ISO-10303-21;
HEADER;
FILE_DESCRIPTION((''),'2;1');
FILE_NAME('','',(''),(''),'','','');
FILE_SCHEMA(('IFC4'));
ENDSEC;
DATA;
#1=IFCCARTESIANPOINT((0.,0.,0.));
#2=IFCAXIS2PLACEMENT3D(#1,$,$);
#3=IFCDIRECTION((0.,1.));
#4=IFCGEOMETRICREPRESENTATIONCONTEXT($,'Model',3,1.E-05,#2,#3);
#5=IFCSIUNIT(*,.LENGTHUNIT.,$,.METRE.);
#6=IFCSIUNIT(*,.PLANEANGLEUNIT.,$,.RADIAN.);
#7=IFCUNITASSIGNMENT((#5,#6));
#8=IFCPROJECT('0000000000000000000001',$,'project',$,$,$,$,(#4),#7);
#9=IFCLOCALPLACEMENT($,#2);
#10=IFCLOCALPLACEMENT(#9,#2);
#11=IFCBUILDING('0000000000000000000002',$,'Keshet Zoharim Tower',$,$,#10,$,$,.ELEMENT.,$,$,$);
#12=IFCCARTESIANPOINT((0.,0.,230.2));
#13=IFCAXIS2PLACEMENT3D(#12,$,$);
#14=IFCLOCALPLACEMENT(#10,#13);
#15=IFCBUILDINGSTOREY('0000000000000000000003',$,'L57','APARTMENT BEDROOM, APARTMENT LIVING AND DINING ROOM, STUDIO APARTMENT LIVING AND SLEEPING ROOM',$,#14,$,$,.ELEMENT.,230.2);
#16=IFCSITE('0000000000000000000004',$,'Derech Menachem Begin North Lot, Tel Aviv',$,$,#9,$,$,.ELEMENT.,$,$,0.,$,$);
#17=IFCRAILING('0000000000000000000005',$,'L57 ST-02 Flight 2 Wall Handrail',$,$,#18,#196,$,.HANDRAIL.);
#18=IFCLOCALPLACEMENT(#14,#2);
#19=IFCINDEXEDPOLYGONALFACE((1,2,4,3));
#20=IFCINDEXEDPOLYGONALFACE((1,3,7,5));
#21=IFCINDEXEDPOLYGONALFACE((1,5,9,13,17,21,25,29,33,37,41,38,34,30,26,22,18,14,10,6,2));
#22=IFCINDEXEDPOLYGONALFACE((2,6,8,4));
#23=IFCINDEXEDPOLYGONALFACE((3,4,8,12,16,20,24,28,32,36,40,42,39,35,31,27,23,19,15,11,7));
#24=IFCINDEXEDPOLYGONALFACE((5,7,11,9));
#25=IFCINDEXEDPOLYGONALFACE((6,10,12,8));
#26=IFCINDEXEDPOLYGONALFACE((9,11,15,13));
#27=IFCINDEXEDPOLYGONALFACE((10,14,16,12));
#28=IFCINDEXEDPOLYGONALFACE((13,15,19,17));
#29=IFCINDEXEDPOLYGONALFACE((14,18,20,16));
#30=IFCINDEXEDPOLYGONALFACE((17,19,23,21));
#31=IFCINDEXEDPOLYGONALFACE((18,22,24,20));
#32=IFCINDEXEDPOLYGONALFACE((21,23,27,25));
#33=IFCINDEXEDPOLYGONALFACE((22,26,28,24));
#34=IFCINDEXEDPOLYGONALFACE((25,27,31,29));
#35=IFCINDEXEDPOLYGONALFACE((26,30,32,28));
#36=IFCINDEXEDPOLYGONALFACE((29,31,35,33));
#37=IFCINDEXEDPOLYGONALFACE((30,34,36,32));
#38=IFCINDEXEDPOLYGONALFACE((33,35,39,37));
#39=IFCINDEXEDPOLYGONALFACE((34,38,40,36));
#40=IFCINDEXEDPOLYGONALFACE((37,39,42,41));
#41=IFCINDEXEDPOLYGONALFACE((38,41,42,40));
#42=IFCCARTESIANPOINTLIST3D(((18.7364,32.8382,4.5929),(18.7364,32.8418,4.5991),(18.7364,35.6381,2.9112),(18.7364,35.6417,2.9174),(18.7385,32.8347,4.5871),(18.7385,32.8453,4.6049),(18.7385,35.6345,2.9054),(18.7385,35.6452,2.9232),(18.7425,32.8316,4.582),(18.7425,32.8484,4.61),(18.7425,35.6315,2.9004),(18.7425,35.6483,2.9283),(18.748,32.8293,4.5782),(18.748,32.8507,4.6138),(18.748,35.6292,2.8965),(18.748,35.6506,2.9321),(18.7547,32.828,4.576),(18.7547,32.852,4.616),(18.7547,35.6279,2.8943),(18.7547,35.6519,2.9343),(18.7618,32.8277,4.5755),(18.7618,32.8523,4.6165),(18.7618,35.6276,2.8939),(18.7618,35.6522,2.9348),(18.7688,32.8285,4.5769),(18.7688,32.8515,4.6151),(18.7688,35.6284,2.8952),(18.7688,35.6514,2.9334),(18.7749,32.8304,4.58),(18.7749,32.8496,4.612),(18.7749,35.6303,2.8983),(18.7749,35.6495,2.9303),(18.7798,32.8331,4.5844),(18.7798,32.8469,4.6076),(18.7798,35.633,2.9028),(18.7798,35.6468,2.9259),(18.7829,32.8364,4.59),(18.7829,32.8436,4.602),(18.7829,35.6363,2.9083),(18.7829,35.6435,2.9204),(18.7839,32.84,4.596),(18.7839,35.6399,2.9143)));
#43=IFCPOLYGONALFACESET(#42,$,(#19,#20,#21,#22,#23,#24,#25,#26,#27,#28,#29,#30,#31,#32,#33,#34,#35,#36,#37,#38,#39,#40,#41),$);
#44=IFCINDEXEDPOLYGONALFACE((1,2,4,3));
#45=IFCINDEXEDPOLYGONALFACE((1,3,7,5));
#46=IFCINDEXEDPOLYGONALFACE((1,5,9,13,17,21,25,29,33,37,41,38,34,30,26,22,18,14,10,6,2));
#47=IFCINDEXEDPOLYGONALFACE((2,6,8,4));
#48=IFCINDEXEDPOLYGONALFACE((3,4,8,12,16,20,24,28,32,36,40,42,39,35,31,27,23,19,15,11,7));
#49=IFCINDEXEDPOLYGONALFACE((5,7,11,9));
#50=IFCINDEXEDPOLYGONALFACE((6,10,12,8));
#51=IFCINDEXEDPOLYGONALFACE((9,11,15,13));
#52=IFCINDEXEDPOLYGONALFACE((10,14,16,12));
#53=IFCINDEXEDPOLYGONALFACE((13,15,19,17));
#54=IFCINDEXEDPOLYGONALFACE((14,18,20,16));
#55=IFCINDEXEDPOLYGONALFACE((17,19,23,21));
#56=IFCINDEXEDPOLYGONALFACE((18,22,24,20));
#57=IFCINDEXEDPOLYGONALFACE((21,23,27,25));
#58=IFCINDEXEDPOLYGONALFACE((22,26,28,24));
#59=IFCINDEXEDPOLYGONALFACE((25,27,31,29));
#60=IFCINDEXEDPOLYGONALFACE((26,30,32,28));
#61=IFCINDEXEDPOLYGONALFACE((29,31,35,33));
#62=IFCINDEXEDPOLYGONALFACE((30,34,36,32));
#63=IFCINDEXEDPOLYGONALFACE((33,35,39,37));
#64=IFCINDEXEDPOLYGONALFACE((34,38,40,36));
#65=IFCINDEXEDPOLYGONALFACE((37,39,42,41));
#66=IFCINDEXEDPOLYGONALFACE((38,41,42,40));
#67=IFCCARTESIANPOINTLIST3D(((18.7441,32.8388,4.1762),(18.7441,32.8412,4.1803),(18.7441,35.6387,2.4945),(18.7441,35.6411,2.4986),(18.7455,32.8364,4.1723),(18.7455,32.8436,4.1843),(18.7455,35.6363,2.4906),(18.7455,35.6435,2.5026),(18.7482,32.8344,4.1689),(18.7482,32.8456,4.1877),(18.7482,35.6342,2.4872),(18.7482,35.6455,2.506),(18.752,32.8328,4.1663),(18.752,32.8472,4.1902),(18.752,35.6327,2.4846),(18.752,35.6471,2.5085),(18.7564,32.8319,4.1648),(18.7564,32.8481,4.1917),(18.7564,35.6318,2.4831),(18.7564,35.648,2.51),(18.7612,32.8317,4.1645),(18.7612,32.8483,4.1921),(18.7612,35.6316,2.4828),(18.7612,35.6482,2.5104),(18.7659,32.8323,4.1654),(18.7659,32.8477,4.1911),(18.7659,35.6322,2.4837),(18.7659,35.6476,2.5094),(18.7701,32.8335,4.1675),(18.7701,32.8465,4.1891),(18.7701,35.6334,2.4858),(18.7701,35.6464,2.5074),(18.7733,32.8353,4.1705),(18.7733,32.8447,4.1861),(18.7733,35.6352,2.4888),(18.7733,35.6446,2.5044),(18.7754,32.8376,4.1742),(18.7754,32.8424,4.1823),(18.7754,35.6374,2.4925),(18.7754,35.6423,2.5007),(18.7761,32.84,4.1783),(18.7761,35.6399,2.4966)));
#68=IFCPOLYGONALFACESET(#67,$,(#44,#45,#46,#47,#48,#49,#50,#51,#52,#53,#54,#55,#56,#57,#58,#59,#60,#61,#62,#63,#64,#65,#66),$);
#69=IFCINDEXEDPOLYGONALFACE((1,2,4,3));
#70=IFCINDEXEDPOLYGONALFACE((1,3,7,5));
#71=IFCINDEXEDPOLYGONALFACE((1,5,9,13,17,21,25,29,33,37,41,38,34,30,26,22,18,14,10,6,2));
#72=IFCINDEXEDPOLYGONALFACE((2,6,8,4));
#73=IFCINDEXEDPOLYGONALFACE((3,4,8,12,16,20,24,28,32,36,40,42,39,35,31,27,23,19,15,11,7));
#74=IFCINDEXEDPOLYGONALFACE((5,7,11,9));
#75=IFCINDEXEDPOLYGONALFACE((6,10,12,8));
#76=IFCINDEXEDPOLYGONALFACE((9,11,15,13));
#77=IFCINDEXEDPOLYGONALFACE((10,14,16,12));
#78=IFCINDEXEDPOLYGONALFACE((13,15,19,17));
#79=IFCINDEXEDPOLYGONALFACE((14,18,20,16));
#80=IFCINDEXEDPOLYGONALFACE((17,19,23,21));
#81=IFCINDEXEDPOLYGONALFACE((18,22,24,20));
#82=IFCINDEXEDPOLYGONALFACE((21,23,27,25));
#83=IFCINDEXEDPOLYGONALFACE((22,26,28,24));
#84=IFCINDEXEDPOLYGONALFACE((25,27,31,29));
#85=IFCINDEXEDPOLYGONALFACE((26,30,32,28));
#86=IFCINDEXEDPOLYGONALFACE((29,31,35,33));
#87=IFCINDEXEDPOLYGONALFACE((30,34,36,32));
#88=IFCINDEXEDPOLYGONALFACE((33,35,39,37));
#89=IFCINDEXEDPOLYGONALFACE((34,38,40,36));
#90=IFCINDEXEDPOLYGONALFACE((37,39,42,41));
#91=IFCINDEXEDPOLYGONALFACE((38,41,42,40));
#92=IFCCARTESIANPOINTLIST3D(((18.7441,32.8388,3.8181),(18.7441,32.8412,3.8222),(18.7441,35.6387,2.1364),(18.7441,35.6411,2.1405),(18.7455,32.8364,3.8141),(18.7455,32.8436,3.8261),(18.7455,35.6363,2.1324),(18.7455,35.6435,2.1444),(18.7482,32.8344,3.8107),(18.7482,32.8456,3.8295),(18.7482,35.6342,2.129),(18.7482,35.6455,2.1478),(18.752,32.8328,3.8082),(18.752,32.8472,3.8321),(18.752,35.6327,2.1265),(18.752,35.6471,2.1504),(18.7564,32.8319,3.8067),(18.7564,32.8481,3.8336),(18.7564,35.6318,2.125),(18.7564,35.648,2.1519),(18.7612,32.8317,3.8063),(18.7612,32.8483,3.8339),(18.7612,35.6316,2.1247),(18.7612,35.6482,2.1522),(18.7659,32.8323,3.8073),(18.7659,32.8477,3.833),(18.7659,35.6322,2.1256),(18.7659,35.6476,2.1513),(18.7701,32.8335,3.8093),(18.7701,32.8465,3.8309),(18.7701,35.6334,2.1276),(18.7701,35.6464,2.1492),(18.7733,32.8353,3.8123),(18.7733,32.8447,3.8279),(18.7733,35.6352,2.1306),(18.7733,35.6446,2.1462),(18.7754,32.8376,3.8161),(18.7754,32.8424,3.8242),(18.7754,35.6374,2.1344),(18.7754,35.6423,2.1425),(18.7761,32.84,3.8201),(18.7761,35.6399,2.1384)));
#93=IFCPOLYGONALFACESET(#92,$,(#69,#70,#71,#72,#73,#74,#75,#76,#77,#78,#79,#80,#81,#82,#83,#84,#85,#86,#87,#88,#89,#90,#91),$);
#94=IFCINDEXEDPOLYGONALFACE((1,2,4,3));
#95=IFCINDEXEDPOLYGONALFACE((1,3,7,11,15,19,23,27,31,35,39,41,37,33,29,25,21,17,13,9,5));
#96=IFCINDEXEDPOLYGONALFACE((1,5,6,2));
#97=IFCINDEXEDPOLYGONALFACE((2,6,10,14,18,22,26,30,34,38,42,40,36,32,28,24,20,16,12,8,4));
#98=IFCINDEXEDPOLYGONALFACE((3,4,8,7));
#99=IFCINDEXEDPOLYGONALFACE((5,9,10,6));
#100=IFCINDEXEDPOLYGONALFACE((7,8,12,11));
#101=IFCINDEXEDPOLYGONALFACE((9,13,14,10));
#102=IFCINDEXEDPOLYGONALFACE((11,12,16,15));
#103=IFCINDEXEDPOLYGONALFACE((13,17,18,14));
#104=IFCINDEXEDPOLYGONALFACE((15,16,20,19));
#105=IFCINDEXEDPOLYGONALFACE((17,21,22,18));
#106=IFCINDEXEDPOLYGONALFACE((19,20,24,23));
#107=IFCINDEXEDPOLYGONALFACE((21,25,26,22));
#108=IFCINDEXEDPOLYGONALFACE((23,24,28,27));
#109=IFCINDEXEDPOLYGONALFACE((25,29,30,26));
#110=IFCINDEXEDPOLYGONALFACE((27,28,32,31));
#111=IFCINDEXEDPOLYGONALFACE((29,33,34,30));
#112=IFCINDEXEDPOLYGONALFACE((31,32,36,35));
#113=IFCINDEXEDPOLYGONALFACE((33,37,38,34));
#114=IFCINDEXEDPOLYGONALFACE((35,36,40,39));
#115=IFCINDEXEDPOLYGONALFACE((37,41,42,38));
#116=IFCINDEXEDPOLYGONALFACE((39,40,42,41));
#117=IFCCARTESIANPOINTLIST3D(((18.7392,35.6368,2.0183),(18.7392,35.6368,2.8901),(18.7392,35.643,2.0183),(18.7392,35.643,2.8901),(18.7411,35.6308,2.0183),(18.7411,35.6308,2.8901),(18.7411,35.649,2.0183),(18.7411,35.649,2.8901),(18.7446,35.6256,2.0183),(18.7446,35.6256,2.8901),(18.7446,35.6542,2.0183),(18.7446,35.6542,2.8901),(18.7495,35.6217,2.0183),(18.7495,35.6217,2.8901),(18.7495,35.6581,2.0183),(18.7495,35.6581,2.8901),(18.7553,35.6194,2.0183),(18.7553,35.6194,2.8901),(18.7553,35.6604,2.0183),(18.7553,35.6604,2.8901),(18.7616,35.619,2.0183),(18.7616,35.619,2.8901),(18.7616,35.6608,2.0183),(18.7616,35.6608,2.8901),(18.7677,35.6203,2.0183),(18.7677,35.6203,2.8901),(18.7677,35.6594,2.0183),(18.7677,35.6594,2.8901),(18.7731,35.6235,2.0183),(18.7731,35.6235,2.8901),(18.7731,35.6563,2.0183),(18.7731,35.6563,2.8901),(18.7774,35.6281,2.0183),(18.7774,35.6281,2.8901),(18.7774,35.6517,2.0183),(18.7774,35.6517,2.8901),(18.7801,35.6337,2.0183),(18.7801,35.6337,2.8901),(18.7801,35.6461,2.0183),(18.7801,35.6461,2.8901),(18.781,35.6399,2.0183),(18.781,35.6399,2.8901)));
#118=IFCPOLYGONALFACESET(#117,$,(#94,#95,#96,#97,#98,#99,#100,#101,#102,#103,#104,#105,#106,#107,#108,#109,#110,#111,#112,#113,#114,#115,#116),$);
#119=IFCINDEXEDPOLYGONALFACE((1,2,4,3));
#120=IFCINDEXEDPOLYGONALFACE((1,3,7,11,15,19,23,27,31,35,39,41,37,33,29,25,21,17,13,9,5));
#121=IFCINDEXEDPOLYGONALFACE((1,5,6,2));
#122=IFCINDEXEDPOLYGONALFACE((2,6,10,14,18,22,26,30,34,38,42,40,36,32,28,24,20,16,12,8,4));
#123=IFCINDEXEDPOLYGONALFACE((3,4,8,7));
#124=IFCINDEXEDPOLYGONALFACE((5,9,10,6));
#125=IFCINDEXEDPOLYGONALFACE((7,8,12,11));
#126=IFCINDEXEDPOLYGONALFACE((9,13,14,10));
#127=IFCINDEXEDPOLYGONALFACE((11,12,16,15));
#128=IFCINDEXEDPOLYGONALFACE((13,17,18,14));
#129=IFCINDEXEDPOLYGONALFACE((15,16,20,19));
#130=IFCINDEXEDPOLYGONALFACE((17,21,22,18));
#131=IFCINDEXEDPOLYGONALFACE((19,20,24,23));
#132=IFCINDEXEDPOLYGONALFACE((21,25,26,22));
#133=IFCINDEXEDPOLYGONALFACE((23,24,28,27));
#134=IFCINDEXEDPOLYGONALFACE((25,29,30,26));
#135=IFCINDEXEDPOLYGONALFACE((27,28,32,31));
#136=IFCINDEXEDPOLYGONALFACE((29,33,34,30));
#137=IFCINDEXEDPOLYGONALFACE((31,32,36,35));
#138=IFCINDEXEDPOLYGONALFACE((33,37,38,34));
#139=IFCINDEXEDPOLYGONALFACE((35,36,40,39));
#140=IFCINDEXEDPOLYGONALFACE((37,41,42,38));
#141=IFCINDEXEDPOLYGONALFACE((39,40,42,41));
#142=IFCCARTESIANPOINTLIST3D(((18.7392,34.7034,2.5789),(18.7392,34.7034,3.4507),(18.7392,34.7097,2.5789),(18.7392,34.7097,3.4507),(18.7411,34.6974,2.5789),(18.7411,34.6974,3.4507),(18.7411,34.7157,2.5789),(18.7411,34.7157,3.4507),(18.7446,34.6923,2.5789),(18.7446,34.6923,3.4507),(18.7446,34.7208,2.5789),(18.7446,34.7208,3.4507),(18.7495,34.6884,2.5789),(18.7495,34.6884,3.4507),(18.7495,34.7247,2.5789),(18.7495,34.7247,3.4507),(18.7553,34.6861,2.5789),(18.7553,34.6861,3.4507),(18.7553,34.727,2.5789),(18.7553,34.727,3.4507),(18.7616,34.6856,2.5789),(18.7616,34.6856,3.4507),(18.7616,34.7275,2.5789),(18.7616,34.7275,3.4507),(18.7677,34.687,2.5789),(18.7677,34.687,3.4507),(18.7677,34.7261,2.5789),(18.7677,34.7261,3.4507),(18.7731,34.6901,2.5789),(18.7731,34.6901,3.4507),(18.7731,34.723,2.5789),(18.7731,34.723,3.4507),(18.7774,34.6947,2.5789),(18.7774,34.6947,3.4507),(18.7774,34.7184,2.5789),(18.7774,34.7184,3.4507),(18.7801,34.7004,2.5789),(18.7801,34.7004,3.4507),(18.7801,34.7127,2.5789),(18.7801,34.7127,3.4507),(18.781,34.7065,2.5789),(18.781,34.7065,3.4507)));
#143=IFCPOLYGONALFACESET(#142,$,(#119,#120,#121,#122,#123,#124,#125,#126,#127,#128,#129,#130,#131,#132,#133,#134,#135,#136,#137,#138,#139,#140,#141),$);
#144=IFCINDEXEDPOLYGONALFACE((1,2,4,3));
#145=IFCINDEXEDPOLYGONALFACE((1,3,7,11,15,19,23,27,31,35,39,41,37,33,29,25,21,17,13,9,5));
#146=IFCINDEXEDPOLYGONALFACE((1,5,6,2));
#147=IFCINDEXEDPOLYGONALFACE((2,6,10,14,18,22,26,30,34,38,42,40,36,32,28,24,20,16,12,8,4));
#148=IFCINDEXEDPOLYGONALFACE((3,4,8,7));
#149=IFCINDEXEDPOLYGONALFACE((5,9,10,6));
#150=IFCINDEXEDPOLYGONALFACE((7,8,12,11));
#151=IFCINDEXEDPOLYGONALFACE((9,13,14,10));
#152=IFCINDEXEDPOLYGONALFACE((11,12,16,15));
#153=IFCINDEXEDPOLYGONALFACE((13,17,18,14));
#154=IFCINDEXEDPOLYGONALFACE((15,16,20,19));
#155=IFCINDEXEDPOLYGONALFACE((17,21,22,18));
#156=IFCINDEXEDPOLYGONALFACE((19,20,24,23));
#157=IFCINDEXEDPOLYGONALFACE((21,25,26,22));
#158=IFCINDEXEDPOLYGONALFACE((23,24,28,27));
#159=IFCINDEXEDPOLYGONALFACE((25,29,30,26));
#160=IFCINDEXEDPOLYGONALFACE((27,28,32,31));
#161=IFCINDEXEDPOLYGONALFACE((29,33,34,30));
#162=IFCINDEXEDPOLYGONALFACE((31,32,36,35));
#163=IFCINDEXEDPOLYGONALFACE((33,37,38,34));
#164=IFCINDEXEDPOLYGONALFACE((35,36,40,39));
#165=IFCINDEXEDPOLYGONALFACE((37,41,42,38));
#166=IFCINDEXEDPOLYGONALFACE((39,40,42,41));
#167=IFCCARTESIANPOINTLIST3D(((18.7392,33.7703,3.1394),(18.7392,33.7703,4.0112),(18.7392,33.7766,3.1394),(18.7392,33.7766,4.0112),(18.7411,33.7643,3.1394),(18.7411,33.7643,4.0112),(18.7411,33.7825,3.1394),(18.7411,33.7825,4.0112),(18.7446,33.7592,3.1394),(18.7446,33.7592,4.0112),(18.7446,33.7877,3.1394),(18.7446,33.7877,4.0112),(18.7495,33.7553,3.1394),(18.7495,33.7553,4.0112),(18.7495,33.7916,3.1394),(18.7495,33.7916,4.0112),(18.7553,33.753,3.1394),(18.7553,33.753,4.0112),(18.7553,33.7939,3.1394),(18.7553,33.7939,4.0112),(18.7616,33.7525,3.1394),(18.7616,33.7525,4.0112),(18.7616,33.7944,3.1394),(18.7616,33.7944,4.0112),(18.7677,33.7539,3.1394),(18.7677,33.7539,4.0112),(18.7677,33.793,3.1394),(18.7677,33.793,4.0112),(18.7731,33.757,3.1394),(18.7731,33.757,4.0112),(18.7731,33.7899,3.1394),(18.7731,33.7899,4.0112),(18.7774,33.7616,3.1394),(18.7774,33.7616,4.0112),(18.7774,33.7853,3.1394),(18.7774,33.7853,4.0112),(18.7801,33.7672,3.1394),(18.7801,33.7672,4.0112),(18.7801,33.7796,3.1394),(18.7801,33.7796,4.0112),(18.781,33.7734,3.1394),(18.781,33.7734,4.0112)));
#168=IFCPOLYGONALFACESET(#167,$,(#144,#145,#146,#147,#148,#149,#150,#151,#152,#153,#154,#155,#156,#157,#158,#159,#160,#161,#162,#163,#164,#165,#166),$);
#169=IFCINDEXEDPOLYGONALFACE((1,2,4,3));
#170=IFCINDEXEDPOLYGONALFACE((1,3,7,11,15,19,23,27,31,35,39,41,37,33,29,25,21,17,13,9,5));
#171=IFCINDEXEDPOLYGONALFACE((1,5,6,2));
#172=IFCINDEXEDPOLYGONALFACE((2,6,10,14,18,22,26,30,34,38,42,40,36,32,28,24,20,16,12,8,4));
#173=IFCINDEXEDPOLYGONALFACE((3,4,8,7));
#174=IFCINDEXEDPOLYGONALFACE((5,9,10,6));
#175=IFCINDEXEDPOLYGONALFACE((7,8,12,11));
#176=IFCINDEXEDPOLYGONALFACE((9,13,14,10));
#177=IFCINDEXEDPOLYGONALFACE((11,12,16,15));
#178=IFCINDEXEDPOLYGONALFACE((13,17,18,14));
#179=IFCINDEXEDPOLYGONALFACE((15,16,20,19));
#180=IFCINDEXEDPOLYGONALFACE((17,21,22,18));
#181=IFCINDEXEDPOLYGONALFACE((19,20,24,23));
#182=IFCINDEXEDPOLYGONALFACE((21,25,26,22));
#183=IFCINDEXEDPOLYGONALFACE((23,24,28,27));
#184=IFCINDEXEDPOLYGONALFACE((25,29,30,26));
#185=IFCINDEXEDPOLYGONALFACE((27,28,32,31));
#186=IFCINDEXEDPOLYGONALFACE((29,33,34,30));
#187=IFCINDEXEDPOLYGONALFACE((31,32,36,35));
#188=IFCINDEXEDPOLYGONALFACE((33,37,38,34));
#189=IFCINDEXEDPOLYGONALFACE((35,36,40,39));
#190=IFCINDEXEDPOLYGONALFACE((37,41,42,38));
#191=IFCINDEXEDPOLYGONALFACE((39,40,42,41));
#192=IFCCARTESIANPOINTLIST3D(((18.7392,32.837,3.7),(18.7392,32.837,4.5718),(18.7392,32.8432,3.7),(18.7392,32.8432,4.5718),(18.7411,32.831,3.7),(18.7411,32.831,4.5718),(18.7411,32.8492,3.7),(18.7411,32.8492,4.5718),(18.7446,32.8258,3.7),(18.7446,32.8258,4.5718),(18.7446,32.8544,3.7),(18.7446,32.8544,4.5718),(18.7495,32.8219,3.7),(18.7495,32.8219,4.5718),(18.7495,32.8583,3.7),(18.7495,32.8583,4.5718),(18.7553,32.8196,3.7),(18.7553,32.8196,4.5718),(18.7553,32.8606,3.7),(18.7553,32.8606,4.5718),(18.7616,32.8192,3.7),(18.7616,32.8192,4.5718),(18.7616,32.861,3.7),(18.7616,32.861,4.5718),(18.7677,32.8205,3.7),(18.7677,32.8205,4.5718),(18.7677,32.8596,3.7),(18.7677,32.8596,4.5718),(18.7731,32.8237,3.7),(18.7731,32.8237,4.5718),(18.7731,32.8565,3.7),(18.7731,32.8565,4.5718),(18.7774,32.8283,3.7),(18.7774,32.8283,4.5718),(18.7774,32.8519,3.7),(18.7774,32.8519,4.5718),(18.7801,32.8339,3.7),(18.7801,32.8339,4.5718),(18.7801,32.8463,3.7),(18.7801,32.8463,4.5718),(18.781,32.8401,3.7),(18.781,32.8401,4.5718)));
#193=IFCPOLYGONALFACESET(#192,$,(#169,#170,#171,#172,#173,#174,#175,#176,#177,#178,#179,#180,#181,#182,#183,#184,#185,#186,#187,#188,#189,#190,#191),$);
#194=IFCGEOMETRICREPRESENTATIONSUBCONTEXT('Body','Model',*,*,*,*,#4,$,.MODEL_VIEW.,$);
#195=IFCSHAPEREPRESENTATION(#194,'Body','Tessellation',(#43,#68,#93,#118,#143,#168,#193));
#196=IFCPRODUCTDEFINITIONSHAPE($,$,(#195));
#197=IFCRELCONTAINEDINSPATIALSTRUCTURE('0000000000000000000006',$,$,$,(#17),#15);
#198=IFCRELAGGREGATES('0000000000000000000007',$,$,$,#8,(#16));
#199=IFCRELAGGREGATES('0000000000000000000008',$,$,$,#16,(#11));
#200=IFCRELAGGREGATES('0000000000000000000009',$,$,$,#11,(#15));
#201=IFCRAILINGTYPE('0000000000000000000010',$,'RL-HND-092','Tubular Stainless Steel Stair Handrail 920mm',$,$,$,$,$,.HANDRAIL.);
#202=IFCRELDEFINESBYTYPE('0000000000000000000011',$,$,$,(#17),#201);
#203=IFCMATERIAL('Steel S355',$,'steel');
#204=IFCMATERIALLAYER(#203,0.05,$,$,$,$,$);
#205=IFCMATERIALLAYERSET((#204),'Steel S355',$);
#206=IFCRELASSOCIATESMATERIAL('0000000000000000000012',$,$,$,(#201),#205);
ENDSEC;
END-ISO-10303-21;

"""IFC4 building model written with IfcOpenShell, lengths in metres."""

from ifc_helpers import new_model, si_unit, direction, frame, origin, origin_2d, place, context, subcontext, project, spatial, circle, extrude, material, layer, layer_set, type_object, element, save


model = new_model("IFC4")

# Units and contexts
model_context = context("Model", 3, precision=1e-05, world=origin(), true_north=direction((0.0, 1.0)))
body_context = subcontext(model_context, "Body", "Model", "MODEL_VIEW")
ifc_project = project(units=[si_unit("LENGTHUNIT", "METRE"), si_unit("PLANEANGLEUNIT", "RADIAN")], contexts=[model_context])

# Site, building, storey
site_placement = place(None, origin())
site = spatial("IfcSite", under=ifc_project, at=site_placement, Name="Derech Menachem Begin North Lot, Tel Aviv", CompositionType="ELEMENT", RefElevation=0.0)
building_placement = place(site_placement, origin())
building = spatial("IfcBuilding", under=site, at=building_placement, Name="Keshet Zoharim Tower", CompositionType="ELEMENT")
storey_placement = place(building_placement, frame((0.0, 0.0, 230.2)))
storey = spatial("IfcBuildingStorey", under=building, at=storey_placement, Name="L57", Description="APARTMENT BEDROOM, APARTMENT LIVING AND DINING ROOM, STUDIO APARTMENT LIVING AND SLEEPING ROOM", CompositionType="ELEMENT", Elevation=230.2)

# Shared definitions
ifc_material_1 = material(Name="Steel S355", Category="steel")

# Railing
ifc_layer_1 = layer(ifc_material_1, 0.05)
ifc_layer_set_1 = layer_set([ifc_layer_1], Name="Steel S355")
railing_type_1 = type_object("IfcRailingType", Name="RL-HND-092", Description="Tubular Stainless Steel Stair Handrail 920mm", PredefinedType="HANDRAIL", material=ifc_layer_set_1)
railing_1_placement = place(storey_placement, frame((18.76, 35.6399, 2.0183)))
element("IfcRailing", 1, at=railing_1_placement, inside=storey, type_object=railing_type_1, Name="L57 ST-02 Flight 2 Wall Handrail", PredefinedType="HANDRAIL", context=body_context, shape_type="SweptSolid", body=[
    extrude(circle(Radius=0.0239, at=origin_2d()), frame((0.0, 0.0, 0.896), z_axis=(0.0, -0.857255, 0.514891), x_axis=(1.0, 0.0, 0.0)), (0.0, 0.0, 1.0), 3.2661),
    extrude(circle(Radius=0.0161, at=origin_2d()), frame((0.0, 0.0, 0.4783), z_axis=(0.0, -0.857255, 0.514891), x_axis=(1.0, 0.0, 0.0)), (0.0, 0.0, 1.0), 3.2661),
    extrude(circle(Radius=0.0161, at=origin_2d()), frame((0.0, 0.0, 0.1201), z_axis=(0.0, -0.857255, 0.514891), x_axis=(1.0, 0.0, 0.0)), (0.0, 0.0, 1.0), 3.2661),
    extrude(circle(Radius=0.021, at=origin_2d()), origin(), (0.0, 0.0, 1.0), 0.8718),
    extrude(circle(Radius=0.021, at=origin_2d()), frame((0.0, -0.9333, 0.5605)), (0.0, 0.0, 1.0), 0.8718),
    extrude(circle(Radius=0.021, at=origin_2d()), frame((0.0, -1.8665, 1.1211)), (0.0, 0.0, 1.0), 0.8718),
    extrude(circle(Radius=0.021, at=origin_2d()), frame((0.0, -2.7998, 1.6816)), (0.0, 0.0, 1.0), 0.8718),
])

save(model, "model.ifc")
